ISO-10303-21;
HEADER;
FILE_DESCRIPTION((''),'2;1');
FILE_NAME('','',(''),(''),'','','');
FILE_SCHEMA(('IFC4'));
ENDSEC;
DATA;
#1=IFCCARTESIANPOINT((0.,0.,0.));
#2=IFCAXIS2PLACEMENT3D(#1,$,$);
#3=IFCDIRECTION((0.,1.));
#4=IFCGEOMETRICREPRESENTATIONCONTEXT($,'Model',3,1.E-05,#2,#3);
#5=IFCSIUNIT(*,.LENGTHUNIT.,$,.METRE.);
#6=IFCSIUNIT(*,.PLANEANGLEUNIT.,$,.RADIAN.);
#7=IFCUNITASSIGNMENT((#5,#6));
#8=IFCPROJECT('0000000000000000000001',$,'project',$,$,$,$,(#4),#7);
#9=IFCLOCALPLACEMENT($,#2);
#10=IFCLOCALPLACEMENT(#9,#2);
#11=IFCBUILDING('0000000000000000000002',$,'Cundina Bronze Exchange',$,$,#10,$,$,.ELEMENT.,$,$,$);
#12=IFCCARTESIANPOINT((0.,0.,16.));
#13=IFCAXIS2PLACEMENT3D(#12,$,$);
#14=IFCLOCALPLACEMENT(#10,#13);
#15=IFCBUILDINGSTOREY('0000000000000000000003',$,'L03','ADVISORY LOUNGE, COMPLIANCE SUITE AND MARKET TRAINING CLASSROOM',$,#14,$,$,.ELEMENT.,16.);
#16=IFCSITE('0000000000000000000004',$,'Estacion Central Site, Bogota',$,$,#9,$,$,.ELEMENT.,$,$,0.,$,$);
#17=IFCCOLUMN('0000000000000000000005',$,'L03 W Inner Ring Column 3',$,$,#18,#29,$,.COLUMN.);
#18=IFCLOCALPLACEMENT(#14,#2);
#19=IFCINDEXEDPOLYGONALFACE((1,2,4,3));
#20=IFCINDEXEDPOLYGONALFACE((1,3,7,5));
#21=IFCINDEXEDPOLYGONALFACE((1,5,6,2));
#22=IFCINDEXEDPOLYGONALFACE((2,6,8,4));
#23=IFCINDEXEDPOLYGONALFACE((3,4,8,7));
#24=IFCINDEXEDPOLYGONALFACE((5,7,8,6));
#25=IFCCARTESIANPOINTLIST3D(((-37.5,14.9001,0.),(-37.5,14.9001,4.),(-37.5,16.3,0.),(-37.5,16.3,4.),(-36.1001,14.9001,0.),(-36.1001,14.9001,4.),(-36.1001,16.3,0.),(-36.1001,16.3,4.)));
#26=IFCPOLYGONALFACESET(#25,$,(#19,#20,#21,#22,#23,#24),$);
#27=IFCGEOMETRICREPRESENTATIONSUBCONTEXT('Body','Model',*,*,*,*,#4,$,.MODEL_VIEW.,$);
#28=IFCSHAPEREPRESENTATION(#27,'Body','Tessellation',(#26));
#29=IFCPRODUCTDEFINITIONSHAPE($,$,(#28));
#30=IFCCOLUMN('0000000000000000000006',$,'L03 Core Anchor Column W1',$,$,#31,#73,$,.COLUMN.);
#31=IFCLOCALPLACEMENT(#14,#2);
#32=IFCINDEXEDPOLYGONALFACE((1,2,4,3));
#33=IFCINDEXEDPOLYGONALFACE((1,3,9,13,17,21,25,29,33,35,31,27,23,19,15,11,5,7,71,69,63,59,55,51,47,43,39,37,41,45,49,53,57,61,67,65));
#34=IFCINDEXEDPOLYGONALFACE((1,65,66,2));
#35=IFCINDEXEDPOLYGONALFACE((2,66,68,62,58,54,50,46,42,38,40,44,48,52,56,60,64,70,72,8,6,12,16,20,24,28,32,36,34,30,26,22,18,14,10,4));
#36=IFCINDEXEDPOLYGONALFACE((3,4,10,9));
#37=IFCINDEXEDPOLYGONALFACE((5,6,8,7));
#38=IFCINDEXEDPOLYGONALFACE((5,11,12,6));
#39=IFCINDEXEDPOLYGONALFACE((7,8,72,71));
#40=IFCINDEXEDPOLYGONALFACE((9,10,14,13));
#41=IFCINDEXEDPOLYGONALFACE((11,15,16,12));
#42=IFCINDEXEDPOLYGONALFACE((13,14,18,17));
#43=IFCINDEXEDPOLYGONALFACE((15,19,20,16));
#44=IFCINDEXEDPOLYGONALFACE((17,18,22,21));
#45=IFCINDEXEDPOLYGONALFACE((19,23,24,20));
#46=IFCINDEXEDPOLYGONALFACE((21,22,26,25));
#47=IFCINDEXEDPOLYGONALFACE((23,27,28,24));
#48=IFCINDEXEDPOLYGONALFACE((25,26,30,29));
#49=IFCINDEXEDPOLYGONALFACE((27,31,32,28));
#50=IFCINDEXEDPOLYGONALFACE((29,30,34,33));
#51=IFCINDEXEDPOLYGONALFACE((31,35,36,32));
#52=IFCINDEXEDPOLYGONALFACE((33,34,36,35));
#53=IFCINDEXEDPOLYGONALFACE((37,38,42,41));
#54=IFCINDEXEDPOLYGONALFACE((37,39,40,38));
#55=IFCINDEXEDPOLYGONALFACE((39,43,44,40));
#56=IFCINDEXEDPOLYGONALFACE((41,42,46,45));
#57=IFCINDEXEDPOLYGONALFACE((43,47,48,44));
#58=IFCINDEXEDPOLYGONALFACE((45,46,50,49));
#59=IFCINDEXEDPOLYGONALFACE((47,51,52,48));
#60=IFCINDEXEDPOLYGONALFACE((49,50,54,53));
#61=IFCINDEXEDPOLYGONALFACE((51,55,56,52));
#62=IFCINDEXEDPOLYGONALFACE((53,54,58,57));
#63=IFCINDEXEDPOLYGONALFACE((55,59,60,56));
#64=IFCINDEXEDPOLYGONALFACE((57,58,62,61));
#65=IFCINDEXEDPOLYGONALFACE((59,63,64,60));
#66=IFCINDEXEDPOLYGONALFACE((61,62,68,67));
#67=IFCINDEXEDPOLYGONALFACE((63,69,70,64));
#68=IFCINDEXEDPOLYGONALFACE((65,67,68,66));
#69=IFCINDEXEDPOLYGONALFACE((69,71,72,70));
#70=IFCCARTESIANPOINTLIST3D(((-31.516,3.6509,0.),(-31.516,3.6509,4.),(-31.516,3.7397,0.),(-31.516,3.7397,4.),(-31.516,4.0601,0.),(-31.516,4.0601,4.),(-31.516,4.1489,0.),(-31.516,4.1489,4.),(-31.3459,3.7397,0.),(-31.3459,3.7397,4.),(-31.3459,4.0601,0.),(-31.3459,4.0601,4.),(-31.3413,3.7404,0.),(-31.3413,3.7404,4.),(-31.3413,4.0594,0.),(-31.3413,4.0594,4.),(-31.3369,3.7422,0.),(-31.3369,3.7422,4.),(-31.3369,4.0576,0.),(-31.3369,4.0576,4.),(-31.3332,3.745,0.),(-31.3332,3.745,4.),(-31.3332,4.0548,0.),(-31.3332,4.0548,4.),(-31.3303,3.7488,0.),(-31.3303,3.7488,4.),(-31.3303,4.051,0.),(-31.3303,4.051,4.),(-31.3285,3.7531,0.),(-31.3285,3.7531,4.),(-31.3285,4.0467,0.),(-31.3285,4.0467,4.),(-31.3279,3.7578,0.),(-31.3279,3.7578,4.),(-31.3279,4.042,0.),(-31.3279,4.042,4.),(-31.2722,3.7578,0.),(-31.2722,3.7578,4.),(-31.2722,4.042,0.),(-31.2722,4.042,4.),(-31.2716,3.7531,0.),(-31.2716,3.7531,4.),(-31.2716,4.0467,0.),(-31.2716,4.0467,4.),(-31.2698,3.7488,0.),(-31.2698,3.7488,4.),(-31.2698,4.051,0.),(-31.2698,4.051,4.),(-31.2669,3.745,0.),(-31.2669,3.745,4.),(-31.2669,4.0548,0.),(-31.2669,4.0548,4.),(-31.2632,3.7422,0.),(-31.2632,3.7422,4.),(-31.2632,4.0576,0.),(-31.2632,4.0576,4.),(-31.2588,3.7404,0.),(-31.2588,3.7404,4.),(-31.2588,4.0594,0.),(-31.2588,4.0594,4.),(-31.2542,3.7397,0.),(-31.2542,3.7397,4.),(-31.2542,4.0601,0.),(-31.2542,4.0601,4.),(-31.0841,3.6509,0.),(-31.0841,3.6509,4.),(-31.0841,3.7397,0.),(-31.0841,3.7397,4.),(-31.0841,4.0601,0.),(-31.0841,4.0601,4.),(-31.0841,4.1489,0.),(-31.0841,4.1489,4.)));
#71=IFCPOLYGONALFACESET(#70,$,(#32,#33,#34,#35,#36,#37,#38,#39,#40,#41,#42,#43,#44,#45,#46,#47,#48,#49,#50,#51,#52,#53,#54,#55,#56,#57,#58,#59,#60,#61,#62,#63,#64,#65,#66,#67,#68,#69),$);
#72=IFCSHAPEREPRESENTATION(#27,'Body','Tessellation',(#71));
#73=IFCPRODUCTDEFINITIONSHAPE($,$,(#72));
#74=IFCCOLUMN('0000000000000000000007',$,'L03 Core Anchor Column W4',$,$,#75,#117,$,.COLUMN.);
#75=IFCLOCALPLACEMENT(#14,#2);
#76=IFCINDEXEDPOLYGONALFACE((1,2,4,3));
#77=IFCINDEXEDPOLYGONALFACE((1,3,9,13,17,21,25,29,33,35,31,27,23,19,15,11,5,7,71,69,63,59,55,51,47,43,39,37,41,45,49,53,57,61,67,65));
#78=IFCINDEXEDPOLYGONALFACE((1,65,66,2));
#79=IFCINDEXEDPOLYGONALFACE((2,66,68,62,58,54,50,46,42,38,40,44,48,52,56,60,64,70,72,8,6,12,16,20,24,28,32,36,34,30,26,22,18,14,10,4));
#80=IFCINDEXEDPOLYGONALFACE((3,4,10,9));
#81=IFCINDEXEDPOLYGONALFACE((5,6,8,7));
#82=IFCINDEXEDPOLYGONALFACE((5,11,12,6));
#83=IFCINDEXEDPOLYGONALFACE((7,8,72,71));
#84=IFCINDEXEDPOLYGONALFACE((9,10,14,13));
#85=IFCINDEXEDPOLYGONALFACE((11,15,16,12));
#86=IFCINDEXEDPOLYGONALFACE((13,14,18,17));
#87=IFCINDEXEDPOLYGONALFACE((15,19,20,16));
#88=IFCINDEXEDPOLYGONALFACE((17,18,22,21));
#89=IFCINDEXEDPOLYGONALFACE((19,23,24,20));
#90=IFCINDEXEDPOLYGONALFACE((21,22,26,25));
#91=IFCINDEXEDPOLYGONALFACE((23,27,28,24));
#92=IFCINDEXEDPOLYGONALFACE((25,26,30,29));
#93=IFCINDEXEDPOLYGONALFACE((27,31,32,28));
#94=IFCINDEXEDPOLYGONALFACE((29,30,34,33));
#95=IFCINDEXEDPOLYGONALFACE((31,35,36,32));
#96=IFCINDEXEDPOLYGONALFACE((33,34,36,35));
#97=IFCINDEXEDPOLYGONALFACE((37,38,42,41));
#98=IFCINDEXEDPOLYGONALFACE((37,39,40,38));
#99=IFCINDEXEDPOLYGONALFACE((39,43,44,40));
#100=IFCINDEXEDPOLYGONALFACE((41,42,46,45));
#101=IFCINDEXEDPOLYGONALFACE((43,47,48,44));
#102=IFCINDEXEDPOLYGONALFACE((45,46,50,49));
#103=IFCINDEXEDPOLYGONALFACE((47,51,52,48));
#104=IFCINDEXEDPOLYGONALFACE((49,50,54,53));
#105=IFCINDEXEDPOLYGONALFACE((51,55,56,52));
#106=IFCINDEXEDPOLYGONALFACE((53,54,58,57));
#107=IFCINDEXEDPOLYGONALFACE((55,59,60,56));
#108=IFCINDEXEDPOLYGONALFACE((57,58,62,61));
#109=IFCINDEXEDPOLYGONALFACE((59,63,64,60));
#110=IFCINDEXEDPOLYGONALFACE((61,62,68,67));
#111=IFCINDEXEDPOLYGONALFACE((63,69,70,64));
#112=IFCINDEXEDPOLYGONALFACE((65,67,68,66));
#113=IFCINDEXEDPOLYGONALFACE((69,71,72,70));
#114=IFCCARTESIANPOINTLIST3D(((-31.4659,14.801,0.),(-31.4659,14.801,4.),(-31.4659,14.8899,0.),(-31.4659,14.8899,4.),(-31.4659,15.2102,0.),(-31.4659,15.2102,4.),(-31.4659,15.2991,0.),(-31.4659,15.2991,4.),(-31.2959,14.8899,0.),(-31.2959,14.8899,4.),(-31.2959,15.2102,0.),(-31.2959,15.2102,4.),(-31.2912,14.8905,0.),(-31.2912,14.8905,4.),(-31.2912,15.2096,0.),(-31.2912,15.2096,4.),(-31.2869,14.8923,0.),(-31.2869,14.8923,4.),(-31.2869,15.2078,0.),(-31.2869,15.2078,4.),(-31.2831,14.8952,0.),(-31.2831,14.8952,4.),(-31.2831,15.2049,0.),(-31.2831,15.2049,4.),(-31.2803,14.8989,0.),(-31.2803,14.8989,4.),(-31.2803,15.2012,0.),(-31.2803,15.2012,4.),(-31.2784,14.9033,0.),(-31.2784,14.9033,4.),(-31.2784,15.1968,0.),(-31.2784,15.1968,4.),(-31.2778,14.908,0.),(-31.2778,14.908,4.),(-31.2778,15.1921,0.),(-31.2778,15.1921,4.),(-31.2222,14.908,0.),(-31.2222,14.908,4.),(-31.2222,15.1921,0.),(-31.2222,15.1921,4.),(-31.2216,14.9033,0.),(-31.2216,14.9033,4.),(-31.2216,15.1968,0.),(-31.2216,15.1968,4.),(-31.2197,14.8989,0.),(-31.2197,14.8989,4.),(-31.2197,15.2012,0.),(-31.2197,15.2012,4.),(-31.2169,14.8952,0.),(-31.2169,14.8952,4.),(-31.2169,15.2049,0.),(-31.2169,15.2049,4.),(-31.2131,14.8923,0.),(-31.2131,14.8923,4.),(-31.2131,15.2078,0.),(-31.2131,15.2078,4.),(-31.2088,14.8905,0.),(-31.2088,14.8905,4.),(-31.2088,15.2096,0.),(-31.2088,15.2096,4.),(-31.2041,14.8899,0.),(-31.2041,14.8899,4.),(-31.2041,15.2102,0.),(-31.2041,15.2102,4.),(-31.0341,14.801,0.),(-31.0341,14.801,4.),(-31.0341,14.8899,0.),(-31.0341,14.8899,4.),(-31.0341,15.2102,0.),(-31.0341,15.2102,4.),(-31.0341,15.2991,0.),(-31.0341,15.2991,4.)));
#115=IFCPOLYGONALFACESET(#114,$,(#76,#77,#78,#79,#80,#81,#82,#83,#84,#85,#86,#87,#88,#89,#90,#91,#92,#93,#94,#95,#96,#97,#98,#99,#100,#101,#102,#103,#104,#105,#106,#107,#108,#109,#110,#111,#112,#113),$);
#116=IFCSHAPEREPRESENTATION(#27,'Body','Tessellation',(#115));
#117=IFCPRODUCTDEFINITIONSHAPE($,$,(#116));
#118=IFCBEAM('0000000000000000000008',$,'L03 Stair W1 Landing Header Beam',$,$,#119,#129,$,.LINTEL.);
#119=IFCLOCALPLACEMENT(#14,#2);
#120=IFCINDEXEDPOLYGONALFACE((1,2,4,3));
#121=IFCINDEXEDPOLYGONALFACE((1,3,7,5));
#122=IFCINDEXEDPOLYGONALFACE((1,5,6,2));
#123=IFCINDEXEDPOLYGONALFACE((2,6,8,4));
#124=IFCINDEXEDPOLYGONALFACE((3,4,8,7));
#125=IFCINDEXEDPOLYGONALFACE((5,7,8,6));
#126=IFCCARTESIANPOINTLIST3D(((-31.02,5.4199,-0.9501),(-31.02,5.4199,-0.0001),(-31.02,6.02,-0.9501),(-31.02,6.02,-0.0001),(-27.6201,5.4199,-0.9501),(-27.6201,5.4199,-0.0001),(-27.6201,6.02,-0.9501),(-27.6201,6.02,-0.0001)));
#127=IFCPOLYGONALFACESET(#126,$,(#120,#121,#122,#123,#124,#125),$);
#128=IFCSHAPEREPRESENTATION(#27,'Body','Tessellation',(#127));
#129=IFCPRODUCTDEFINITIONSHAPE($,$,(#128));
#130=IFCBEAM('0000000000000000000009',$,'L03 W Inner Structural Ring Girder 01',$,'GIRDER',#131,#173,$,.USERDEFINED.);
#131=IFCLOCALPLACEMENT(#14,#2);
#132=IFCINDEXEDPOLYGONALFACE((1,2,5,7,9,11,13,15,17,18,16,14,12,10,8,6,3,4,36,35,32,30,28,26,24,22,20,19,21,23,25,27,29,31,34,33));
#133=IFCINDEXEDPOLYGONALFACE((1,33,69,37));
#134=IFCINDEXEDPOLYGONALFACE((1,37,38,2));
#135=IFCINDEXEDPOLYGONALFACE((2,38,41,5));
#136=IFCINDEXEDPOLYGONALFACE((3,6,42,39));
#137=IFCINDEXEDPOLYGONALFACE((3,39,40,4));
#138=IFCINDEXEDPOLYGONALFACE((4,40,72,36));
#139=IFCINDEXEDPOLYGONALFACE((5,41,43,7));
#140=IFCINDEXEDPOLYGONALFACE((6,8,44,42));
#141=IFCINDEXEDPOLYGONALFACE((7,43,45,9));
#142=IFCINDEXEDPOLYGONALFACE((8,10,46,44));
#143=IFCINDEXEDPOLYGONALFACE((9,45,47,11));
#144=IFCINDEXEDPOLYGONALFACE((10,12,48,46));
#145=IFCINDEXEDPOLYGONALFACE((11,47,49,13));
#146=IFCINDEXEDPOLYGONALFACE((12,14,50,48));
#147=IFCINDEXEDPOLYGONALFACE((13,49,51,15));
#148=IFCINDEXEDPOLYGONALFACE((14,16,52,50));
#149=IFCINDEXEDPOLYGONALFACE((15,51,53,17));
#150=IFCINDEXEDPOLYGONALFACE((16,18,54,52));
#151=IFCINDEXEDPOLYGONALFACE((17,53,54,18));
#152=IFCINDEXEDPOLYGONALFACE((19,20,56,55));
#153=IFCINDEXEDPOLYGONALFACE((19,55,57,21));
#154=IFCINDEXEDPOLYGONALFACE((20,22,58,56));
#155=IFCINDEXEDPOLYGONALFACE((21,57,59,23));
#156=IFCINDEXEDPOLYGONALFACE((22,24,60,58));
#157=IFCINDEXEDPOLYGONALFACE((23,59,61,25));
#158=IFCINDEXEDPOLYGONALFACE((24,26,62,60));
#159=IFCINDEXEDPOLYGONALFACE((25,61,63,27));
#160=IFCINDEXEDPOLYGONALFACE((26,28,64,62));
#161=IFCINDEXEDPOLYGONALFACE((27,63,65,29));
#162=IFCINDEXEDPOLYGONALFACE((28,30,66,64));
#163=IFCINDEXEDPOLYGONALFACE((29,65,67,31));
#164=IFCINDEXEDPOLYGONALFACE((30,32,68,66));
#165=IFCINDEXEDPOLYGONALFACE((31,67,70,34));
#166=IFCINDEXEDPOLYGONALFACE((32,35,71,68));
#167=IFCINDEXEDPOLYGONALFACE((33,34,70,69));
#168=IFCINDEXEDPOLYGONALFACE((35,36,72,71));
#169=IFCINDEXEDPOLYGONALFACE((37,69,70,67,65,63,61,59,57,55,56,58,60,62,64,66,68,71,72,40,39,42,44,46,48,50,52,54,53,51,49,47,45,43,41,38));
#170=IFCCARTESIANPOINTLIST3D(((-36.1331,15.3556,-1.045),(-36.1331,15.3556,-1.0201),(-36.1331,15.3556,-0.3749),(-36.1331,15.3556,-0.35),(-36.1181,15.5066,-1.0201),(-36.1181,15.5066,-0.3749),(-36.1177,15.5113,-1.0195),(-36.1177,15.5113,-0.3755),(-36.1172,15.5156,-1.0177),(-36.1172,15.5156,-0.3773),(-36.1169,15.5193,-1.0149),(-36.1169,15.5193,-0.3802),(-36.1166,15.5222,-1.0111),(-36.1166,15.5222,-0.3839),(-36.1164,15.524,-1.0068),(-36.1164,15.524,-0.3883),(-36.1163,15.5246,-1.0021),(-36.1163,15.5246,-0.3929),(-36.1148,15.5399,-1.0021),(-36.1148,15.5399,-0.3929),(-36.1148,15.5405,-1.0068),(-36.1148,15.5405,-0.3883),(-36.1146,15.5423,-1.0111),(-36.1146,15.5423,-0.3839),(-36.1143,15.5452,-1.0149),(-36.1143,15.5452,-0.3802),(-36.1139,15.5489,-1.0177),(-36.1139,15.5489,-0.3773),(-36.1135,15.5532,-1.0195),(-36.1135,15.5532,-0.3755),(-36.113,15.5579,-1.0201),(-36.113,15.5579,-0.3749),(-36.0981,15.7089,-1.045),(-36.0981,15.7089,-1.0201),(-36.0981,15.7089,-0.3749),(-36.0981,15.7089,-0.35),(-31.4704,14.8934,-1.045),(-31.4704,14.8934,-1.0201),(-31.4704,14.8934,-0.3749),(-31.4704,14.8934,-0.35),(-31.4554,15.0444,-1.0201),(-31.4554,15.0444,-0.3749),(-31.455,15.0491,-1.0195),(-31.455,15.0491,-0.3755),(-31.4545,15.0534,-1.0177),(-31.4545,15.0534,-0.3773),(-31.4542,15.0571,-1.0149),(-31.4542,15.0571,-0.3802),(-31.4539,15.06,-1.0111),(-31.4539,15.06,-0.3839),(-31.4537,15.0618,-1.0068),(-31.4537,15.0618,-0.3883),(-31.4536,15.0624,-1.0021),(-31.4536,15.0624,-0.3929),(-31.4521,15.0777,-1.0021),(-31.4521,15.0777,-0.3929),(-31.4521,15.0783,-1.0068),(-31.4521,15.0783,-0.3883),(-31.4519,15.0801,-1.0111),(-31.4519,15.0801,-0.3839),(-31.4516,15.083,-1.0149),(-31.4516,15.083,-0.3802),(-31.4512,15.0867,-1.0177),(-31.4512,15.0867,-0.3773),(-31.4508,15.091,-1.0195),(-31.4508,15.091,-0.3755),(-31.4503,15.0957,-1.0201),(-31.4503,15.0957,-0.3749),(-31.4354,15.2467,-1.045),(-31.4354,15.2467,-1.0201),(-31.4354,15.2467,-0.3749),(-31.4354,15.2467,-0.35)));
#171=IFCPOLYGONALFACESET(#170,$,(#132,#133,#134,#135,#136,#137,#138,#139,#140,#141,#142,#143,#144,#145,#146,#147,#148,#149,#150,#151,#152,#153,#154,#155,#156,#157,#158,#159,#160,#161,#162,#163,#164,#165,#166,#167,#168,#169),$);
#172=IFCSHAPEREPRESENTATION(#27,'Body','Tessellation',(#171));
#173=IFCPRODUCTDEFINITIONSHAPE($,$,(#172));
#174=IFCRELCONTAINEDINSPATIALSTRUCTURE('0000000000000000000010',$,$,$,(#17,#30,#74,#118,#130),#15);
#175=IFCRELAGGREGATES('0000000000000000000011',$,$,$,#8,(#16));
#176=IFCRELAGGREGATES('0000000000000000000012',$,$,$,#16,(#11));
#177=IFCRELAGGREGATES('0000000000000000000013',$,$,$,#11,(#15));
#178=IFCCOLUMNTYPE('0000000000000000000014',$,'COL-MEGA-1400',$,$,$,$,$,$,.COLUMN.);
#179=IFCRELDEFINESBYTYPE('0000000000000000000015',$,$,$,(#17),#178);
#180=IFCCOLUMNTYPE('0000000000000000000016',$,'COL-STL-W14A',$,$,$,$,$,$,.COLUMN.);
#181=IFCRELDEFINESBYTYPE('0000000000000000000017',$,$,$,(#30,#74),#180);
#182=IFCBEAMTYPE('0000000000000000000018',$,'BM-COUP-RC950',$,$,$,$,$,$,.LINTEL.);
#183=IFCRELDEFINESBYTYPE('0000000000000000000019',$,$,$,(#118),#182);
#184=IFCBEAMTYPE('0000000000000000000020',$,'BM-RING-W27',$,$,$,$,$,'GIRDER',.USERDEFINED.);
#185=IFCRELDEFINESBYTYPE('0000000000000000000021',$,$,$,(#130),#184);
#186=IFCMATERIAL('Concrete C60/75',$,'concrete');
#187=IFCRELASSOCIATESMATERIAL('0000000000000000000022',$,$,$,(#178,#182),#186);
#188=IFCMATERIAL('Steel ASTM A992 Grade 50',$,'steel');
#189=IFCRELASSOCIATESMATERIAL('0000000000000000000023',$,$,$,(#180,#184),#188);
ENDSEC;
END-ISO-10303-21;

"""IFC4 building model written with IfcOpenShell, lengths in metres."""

from ifc_helpers import new_model, si_unit, direction, frame, origin, origin_2d, place, context, subcontext, project, spatial, rectangle, i_section, extrude, material, material_profile, profile_set, type_object, element, save


model = new_model("IFC4")

# Units and contexts
model_context = context("Model", 3, precision=1e-05, world=origin(), true_north=direction((0.0, 1.0)))
body_context = subcontext(model_context, "Body", "Model", "MODEL_VIEW")
ifc_project = project(units=[si_unit("LENGTHUNIT", "METRE"), si_unit("PLANEANGLEUNIT", "RADIAN")], contexts=[model_context])

# Site, building, storey
site_placement = place(None, origin())
site = spatial("IfcSite", under=ifc_project, at=site_placement, Name="Estacion Central Site, Bogota", CompositionType="ELEMENT", RefElevation=0.0)
building_placement = place(site_placement, origin())
building = spatial("IfcBuilding", under=site, at=building_placement, Name="Cundina Bronze Exchange", CompositionType="ELEMENT")
storey_placement = place(building_placement, frame((0.0, 0.0, 16.0)))
storey = spatial("IfcBuildingStorey", under=building, at=storey_placement, Name="L03", Description="ADVISORY LOUNGE, COMPLIANCE SUITE AND MARKET TRAINING CLASSROOM", CompositionType="ELEMENT", Elevation=16.0)

# Columns
ifc_material_1 = material(Name="Concrete C60/75", Category="concrete")
ifc_material_profile_1 = material_profile(ifc_material_1, rectangle(XDim=1.3999, YDim=1.3999, at=origin_2d()), Name="RC1400X1400", Category="concrete")
ifc_profile_set_1 = profile_set([ifc_material_profile_1], Name="Concrete C60/75")
column_type_1 = type_object("IfcColumnType", Name="COL-MEGA-1400", PredefinedType="COLUMN", material=ifc_profile_set_1)
column_placement = place(storey_placement, frame((-36.8, 15.6001, 0.0), z_axis=(0.0, 0.0, 1.0), x_axis=(1.0, 0.0, 0.0)))
element("IfcColumn", 1, at=column_placement, inside=storey, type_object=column_type_1, Name="L03 W Inner Ring Column 3", PredefinedType="COLUMN", context=body_context, shape_type="SweptSolid", body=[
    extrude(rectangle(XDim=1.3999, YDim=1.3999, at=origin_2d()), origin(), (0.0, 0.0, 1.0), 4.0),
])
ifc_material_2 = material(Name="Steel ASTM A992 Grade 50", Category="steel")
ifc_material_profile_2 = material_profile(ifc_material_2, i_section(OverallWidth=0.4319, OverallDepth=0.498, WebThickness=0.0557, FlangeThickness=0.0889, FilletRadius=0.0181, at=origin_2d()), Name="W14X500", Category="steel")
ifc_profile_set_2 = profile_set([ifc_material_profile_2], Name="Steel ASTM A992 Grade 50")
column_type_2 = type_object("IfcColumnType", Name="COL-STL-W14A", PredefinedType="COLUMN", material=ifc_profile_set_2)
for number, where, z_axis, x_axis, name in (
    (2, (-31.3, 3.8999, 0.0), (0.0, 0.0, 1.0), (1.0, 0.0, 0.0), "L03 Core Anchor Column W1"),
    (3, (-31.25, 15.05, 0.0), (0.0, 0.0, 1.0), (1.0, 0.0, 0.0), "L03 Core Anchor Column W4"),
):
    element("IfcColumn", number, at=place(storey_placement, frame(where, z_axis=z_axis, x_axis=x_axis)), inside=storey, type_object=column_type_2, Name=name, PredefinedType="COLUMN", context=body_context, shape_type="SweptSolid", body=[
        extrude(i_section(OverallWidth=0.4319, OverallDepth=0.498, WebThickness=0.0557, FlangeThickness=0.0889, FilletRadius=0.0181, at=origin_2d()), origin(), (0.0, 0.0, 1.0), 4.0),
    ])

# Beams
ifc_material_profile_3 = material_profile(ifc_material_1, rectangle(XDim=0.6001, YDim=0.95, at=origin_2d()), Name="RC600X950", Category="concrete")
ifc_profile_set_3 = profile_set([ifc_material_profile_3], Name="Concrete C60/75")
beam_type_1 = type_object("IfcBeamType", Name="BM-COUP-RC950", PredefinedType="LINTEL", material=ifc_profile_set_3)
beam_1_placement = place(storey_placement, frame((-31.02, 5.72, -0.4751), z_axis=(1.0, 0.0, 0.0), x_axis=(0.0, 1.0, 0.0)))
element("IfcBeam", 4, at=beam_1_placement, inside=storey, type_object=beam_type_1, Name="L03 Stair W1 Landing Header Beam", PredefinedType="LINTEL", context=body_context, shape_type="SweptSolid", body=[
    extrude(rectangle(XDim=0.6001, YDim=0.95, at=origin_2d()), origin(), (0.0, 0.0, 1.0), 3.3999),
])
ifc_material_profile_4 = material_profile(ifc_material_2, i_section(OverallWidth=0.355, OverallDepth=0.6951, WebThickness=0.0154, FlangeThickness=0.0249, FilletRadius=0.0181, at=origin_2d()), Name="W27X146", Category="steel")
ifc_profile_set_4 = profile_set([ifc_material_profile_4], Name="Steel ASTM A992 Grade 50")
beam_type_2 = type_object("IfcBeamType", Name="BM-RING-W27", ElementType="GIRDER", PredefinedType="USERDEFINED", material=ifc_profile_set_4)
beam_2_placement = place(storey_placement, frame((-31.4529, 15.0701, -0.6975), z_axis=(-0.995123, 0.098637, 0.0), x_axis=(-0.098637, -0.995123, 0.0)))
element("IfcBeam", 5, at=beam_2_placement, inside=storey, type_object=beam_type_2, Name="L03 W Inner Structural Ring Girder 01", ObjectType="GIRDER", PredefinedType="USERDEFINED", context=body_context, shape_type="SweptSolid", body=[
    extrude(i_section(OverallWidth=0.355, OverallDepth=0.6951, WebThickness=0.0154, FlangeThickness=0.0249, FilletRadius=0.0181, at=origin_2d()), origin(), (0.0, 0.0, 1.0), 4.6855),
])

save(model, "model.ifc")
